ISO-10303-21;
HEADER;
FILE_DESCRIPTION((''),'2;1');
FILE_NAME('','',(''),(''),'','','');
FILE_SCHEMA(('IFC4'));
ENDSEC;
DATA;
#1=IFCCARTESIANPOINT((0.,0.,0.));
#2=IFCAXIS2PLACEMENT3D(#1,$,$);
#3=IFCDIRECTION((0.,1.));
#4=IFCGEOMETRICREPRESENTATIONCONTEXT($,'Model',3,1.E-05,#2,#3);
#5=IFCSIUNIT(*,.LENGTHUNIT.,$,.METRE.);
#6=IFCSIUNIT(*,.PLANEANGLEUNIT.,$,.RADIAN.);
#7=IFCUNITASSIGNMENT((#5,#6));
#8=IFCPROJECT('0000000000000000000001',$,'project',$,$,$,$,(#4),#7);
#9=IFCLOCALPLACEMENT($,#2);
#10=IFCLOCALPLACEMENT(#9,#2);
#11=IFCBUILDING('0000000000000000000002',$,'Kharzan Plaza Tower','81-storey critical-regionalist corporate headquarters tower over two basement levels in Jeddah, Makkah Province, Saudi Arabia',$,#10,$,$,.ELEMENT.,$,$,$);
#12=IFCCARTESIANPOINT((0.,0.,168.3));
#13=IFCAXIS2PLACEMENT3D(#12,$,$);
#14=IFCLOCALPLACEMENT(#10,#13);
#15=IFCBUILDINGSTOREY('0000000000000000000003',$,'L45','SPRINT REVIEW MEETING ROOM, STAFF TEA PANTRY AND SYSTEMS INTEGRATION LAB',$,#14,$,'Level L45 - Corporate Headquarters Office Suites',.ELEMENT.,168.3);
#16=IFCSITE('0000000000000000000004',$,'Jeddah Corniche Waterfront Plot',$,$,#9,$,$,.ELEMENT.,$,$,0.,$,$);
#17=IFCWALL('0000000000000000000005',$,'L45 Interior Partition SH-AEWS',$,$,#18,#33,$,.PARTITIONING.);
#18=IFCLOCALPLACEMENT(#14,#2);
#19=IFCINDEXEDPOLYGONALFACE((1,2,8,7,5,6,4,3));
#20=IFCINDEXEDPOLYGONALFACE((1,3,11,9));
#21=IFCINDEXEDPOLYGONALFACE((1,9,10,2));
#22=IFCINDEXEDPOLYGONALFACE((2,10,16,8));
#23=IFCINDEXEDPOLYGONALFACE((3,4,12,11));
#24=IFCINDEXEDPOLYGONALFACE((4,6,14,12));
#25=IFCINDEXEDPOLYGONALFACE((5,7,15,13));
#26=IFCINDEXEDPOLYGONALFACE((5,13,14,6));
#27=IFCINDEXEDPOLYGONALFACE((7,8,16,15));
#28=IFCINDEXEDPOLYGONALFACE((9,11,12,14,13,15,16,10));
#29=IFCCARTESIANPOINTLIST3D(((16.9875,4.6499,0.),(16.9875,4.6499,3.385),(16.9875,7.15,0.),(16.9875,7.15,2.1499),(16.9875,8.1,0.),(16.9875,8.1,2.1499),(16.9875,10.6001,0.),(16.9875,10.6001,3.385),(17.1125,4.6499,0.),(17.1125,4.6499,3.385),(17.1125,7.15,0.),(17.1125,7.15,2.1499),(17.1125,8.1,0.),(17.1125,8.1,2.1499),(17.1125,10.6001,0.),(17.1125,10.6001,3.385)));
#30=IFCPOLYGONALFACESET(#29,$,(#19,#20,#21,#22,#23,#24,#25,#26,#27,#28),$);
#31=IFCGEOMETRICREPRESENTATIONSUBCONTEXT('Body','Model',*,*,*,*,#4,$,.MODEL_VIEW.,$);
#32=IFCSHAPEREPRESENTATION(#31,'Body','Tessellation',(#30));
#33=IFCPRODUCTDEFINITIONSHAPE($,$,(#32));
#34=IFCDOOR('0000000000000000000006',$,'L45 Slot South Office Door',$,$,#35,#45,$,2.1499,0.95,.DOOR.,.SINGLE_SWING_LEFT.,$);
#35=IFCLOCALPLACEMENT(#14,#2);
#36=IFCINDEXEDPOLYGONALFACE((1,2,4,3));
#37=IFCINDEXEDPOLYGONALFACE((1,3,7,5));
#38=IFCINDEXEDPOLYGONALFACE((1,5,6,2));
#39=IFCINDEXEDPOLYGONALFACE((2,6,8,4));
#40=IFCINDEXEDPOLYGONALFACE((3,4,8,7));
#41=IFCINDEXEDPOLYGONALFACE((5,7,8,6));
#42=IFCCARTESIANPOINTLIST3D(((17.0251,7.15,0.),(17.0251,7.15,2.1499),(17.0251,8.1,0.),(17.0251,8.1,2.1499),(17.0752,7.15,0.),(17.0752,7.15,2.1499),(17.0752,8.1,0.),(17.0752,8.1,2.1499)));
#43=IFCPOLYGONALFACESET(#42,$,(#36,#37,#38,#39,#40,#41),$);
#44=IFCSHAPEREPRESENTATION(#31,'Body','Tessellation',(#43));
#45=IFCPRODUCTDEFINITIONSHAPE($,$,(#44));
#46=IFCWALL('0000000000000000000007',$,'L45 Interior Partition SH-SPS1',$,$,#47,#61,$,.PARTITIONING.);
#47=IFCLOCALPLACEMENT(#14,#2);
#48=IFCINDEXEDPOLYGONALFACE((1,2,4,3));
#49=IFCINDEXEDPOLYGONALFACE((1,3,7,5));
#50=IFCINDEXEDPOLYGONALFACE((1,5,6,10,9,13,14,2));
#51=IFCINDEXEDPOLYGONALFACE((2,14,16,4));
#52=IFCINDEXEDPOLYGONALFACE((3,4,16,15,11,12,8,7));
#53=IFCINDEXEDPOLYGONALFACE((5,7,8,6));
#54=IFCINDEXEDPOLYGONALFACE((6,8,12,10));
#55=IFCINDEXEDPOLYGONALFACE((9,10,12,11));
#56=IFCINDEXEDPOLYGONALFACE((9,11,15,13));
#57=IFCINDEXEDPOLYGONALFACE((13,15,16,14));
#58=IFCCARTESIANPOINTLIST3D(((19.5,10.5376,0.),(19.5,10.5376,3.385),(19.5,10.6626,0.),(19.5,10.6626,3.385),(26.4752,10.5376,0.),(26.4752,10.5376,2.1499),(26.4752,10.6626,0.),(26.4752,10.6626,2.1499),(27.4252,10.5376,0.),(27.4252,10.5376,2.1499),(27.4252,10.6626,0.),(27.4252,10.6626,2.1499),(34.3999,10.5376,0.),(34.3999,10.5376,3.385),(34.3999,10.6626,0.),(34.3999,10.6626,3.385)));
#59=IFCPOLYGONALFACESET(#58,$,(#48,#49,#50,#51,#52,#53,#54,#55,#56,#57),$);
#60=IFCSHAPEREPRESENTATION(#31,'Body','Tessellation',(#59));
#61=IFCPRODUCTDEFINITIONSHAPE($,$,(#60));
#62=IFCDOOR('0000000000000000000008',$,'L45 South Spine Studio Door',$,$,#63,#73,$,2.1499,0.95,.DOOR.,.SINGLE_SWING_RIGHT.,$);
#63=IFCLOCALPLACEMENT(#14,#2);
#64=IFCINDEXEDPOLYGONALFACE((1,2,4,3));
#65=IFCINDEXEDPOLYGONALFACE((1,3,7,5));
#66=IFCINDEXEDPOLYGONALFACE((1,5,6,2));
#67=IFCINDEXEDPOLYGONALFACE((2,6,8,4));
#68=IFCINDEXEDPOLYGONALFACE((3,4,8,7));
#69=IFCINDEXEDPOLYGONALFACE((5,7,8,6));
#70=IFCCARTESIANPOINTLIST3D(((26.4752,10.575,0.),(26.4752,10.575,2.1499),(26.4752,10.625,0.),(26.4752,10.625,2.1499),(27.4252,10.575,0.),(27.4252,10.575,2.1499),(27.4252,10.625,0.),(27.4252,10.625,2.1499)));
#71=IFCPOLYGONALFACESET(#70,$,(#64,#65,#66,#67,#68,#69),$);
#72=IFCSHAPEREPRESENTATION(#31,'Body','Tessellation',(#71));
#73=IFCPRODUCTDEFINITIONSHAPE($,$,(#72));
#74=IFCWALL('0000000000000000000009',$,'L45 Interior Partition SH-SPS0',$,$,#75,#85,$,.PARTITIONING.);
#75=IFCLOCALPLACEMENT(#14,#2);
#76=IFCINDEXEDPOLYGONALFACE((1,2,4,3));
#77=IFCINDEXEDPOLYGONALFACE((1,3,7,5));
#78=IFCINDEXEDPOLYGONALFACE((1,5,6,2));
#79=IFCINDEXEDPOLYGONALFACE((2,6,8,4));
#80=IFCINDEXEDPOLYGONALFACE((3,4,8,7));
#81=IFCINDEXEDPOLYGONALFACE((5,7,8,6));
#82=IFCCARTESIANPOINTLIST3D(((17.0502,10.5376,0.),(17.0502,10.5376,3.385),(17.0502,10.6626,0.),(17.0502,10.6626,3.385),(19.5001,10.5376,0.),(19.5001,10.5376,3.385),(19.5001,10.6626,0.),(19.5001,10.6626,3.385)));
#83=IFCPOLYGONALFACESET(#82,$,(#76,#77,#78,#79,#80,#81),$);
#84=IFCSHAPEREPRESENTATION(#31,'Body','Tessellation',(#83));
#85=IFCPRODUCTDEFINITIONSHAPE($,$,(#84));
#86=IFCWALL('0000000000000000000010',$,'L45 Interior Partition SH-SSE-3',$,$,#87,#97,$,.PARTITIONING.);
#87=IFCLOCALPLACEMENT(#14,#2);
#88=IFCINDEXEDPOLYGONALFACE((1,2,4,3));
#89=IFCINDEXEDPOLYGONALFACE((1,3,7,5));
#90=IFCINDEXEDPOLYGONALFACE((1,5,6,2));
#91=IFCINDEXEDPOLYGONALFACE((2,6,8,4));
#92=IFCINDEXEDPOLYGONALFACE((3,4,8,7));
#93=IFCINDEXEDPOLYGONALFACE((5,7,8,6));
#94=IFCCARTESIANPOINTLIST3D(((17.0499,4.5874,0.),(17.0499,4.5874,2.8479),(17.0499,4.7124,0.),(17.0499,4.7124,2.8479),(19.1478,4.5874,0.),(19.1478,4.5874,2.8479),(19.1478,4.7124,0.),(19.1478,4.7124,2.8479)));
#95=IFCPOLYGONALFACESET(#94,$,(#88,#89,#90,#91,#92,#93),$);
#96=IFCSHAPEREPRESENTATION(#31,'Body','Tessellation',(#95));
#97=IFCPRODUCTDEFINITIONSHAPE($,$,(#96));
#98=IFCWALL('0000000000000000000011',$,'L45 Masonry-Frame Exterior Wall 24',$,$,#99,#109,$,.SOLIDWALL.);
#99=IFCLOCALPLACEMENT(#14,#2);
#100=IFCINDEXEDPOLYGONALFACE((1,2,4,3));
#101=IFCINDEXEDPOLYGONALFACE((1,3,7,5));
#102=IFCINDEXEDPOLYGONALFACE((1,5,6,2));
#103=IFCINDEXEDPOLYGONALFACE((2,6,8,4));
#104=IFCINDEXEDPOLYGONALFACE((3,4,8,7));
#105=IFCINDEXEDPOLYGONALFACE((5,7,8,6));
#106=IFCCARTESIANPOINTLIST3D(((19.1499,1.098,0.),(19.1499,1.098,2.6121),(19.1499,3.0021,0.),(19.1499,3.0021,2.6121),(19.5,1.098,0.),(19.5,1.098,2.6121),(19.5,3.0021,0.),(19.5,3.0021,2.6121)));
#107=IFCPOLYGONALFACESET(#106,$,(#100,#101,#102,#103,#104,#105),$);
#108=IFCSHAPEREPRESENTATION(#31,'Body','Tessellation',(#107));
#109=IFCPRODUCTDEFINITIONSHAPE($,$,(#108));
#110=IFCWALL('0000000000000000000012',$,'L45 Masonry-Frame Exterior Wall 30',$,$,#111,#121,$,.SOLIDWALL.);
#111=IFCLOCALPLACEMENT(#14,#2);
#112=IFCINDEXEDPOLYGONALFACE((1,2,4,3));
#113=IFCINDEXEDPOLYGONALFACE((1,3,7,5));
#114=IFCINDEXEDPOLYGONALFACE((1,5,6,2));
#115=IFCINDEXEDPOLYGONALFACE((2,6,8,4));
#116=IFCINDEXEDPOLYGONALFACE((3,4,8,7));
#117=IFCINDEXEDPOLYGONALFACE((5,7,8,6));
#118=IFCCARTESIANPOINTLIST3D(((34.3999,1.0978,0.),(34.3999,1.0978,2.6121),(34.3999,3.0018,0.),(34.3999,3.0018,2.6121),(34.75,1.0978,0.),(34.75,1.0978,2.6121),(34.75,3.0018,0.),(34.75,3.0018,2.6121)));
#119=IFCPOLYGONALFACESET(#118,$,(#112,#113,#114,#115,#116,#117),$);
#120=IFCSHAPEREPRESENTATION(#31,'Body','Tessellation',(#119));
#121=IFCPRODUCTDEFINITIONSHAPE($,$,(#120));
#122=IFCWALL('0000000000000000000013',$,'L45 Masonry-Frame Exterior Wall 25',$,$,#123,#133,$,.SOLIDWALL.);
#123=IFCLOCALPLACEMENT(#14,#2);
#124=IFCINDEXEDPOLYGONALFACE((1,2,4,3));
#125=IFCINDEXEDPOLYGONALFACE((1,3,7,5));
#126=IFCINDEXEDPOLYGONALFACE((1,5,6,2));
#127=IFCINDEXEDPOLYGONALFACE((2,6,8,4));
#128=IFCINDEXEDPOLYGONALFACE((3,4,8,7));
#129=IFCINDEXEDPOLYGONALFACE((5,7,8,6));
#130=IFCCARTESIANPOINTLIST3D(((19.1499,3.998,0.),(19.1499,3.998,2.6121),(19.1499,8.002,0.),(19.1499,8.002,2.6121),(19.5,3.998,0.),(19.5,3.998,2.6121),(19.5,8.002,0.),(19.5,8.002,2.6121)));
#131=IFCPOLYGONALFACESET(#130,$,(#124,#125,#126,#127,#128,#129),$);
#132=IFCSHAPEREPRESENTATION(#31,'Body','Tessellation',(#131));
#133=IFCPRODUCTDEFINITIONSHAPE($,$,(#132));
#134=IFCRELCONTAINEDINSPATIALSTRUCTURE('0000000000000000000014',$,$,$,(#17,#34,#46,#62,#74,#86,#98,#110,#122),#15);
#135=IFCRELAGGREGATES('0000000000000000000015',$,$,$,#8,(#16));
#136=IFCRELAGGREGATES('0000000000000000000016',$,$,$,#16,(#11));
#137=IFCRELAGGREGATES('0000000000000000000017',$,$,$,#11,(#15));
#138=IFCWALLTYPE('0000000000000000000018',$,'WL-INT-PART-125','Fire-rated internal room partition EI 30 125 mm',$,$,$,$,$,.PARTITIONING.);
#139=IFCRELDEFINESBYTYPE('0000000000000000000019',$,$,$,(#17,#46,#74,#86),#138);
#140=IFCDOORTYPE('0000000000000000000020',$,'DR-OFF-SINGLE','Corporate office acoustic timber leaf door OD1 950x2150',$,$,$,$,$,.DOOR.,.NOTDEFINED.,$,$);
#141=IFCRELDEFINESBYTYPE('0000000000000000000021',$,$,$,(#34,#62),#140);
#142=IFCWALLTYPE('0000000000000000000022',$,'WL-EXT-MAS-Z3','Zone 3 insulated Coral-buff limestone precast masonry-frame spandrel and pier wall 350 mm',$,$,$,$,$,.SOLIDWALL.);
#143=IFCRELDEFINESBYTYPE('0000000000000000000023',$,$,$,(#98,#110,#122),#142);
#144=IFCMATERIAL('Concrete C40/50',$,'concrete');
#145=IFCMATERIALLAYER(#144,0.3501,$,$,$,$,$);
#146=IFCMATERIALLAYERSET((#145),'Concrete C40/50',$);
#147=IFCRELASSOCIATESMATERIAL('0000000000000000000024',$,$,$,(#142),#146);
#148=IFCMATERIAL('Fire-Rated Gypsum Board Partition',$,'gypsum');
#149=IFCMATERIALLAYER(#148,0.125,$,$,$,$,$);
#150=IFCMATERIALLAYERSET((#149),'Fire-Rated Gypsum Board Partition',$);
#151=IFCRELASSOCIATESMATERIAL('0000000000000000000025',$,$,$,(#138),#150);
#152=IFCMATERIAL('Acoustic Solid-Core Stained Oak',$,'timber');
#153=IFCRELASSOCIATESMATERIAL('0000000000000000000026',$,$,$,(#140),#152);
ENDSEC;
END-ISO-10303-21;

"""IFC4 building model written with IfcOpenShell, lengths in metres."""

from ifc_helpers import new_model, si_unit, direction, frame, frame_2d, origin, place, context, subcontext, project, spatial, rectangle, extrude, source, transform, mapped, material, layer, layer_set, type_object, element, fill, save


model = new_model("IFC4")

# Units and contexts
model_context = context("Model", 3, precision=1e-05, world=origin(), true_north=direction((0.0, 1.0)))
body_context = subcontext(model_context, "Body", "Model", "MODEL_VIEW")
ifc_project = project(units=[si_unit("LENGTHUNIT", "METRE"), si_unit("PLANEANGLEUNIT", "RADIAN")], contexts=[model_context])

# Site, building, storey
site_placement = place(None, origin())
site = spatial("IfcSite", under=ifc_project, at=site_placement, Name="Jeddah Corniche Waterfront Plot", CompositionType="ELEMENT", RefElevation=0.0)
building_placement = place(site_placement, origin())
building = spatial("IfcBuilding", under=site, at=building_placement, Name="Kharzan Plaza Tower", Description="81-storey critical-regionalist corporate headquarters tower over two basement levels in Jeddah, Makkah Province, Saudi Arabia", CompositionType="ELEMENT")
storey_placement = place(building_placement, frame((0.0, 0.0, 168.3)))
storey = spatial("IfcBuildingStorey", under=building, at=storey_placement, Name="L45", Description="SPRINT REVIEW MEETING ROOM, STAFF TEA PANTRY AND SYSTEMS INTEGRATION LAB", LongName="Level L45 - Corporate Headquarters Office Suites", CompositionType="ELEMENT", Elevation=168.3)

# Shared definitions
ifc_material_1 = material(Name="Concrete C40/50", Category="concrete")
ifc_layer_1 = layer(ifc_material_1, 0.3501)
ifc_layer_set_1 = layer_set([ifc_layer_1], Name="Concrete C40/50")
wall_type_1 = type_object("IfcWallType", Name="WL-EXT-MAS-Z3", Description="Zone 3 insulated Coral-buff limestone precast masonry-frame spandrel and pier wall 350 mm", PredefinedType="SOLIDWALL", material=ifc_layer_set_1)

# Walls, openings, doors
ifc_material_2 = material(Name="Fire-Rated Gypsum Board Partition", Category="gypsum")
ifc_layer_2 = layer(ifc_material_2, 0.125)
ifc_layer_set_2 = layer_set([ifc_layer_2], Name="Fire-Rated Gypsum Board Partition")
wall_type_2 = type_object("IfcWallType", Name="WL-INT-PART-125", Description="Fire-rated internal room partition EI 30 125 mm", PredefinedType="PARTITIONING", material=ifc_layer_set_2)
wall_1_placement = place(storey_placement, frame((17.05, 4.6499, 0.0), z_axis=(0.0, 0.0, 1.0), x_axis=(0.0, 1.0, 0.0)))
wall_1 = element("IfcWall", 1, at=wall_1_placement, inside=storey, type_object=wall_type_2, Name="L45 Interior Partition SH-AEWS", PredefinedType="PARTITIONING", context=body_context, shape_type="SweptSolid", body=[
    extrude(rectangle(XDim=5.9502, YDim=0.125, at=frame_2d((2.9751, 0.0))), origin(), (0.0, 0.0, 1.0), 3.385),
])
opening_1_placement = place(wall_1_placement, frame((2.5, 0.0, 0.0)))
opening_1 = element("IfcOpeningElement", 2, at=opening_1_placement, cuts=wall_1, PredefinedType="OPENING", context=body_context, shape_type="SweptSolid", body=[
    extrude(rectangle(XDim=0.95, YDim=2.1499, at=frame_2d((0.4751, 1.075))), frame((0.0, 0.0725, 0.0), z_axis=(0.0, -1.0, 0.0), x_axis=(1.0, 0.0, 0.0)), (0.0, 0.0, 1.0), 0.145),
])
ifc_material_3 = material(Name="Acoustic Solid-Core Stained Oak", Category="timber")
door_type = type_object("IfcDoorType", Name="DR-OFF-SINGLE", Description="Corporate office acoustic timber leaf door OD1 950x2150", OperationType="NOTDEFINED", PredefinedType="DOOR", material=ifc_material_3)
shared_shape_1 = source(origin(), body_context, "Body", "SweptSolid", [
    extrude(rectangle(XDim=0.95, YDim=2.1499, at=frame_2d((0.4751, 1.075))), frame((0.0, 0.0249, 0.0), z_axis=(0.0, -1.0, 0.0), x_axis=(1.0, 0.0, 0.0)), (0.0, 0.0, 1.0), 0.05),
])
door_1_placement = place(opening_1_placement, origin())
door_1 = element("IfcDoor", 3, at=door_1_placement, inside=storey, type_object=door_type, Name="L45 Slot South Office Door", OperationType="SINGLE_SWING_LEFT", OverallHeight=2.1499, OverallWidth=0.95, PredefinedType="DOOR", context=body_context, shape_type="MappedRepresentation", body=[
    mapped(shared_shape_1, transform((0.0, 0.0, 0.0), x_axis=(1.0, 0.0, 0.0), y_axis=(0.0, 1.0, 0.0), z_axis=(0.0, 0.0, 1.0))),
])
fill(opening_1, door_1)
wall_2_placement = place(storey_placement, frame((19.5, 10.6001, 0.0), z_axis=(0.0, 0.0, 1.0), x_axis=(1.0, 0.0, 0.0)))
wall_2 = element("IfcWall", 4, at=wall_2_placement, inside=storey, type_object=wall_type_2, Name="L45 Interior Partition SH-SPS1", PredefinedType="PARTITIONING", context=body_context, shape_type="SweptSolid", body=[
    extrude(rectangle(XDim=14.8999, YDim=0.125, at=frame_2d((7.45, 0.0))), origin(), (0.0, 0.0, 1.0), 3.385),
])
opening_2_placement = place(wall_2_placement, frame((6.9751, 0.0, 0.0)))
opening_2 = element("IfcOpeningElement", 5, at=opening_2_placement, cuts=wall_2, PredefinedType="OPENING", context=body_context, shape_type="SweptSolid", body=[
    extrude(rectangle(XDim=0.95, YDim=2.1499, at=frame_2d((0.4751, 1.075))), frame((0.0, 0.0725, 0.0), z_axis=(0.0, -1.0, 0.0), x_axis=(1.0, 0.0, 0.0)), (0.0, 0.0, 1.0), 0.145),
])
door_2_placement = place(opening_2_placement, origin())
door_2 = element("IfcDoor", 6, at=door_2_placement, inside=storey, type_object=door_type, Name="L45 South Spine Studio Door", OperationType="SINGLE_SWING_RIGHT", OverallHeight=2.1499, OverallWidth=0.95, PredefinedType="DOOR", context=body_context, shape_type="MappedRepresentation", body=[
    mapped(shared_shape_1, transform((0.0, 0.0, 0.0), x_axis=(1.0, 0.0, 0.0), y_axis=(0.0, 1.0, 0.0), z_axis=(0.0, 0.0, 1.0))),
])
fill(opening_2, door_2)

# Walls
shared_shape_2 = source(origin(), body_context, "Body", "SweptSolid", [
    extrude(rectangle(XDim=2.45, YDim=0.125, at=frame_2d((1.2251, 0.0))), origin(), (0.0, 0.0, 1.0), 3.385),
])
wall_3_placement = place(storey_placement, frame((17.05, 10.6001, 0.0), z_axis=(0.0, 0.0, 1.0), x_axis=(1.0, 0.0, 0.0)))
element("IfcWall", 7, at=wall_3_placement, inside=storey, type_object=wall_type_2, Name="L45 Interior Partition SH-SPS0", PredefinedType="PARTITIONING", context=body_context, shape_type="MappedRepresentation", body=[
    mapped(shared_shape_2, transform((0.0, 0.0, 0.0), x_axis=(1.0, 0.0, 0.0), y_axis=(0.0, 1.0, 0.0), z_axis=(0.0, 0.0, 1.0))),
])
shared_shape_3 = source(origin(), body_context, "Body", "SweptSolid", [
    extrude(rectangle(XDim=2.0979, YDim=0.125, at=frame_2d((1.0488, 0.0))), origin(), (0.0, 0.0, 1.0), 2.8479),
])
wall_4_placement = place(storey_placement, frame((17.05, 4.6499, 0.0), z_axis=(0.0, 0.0, 1.0), x_axis=(1.0, 0.0, 0.0)))
element("IfcWall", 8, at=wall_4_placement, inside=storey, type_object=wall_type_2, Name="L45 Interior Partition SH-SSE-3", PredefinedType="PARTITIONING", context=body_context, shape_type="MappedRepresentation", body=[
    mapped(shared_shape_3, transform((0.0, 0.0, 0.0), x_axis=(1.0, 0.0, 0.0), y_axis=(0.0, 1.0, 0.0), z_axis=(0.0, 0.0, 1.0))),
])
shared_shape_4 = source(origin(), body_context, "Body", "SweptSolid", [
    extrude(rectangle(XDim=1.9041, YDim=0.3501, at=frame_2d((0.9521, 0.0))), origin(), (0.0, 0.0, 1.0), 2.6121),
])
for number, where, z_axis, x_axis, name in (
    (9, (19.325, 1.0979, 0.0), (0.0, 0.0, 1.0), (0.0, 1.0, 0.0), "L45 Masonry-Frame Exterior Wall 24"),
    (10, (34.575, 3.002, 0.0), (0.0, 0.0, 1.0), (0.0, -1.0, 0.0), "L45 Masonry-Frame Exterior Wall 30"),
):
    element("IfcWall", number, at=place(storey_placement, frame(where, z_axis=z_axis, x_axis=x_axis)), inside=storey, type_object=wall_type_1, Name=name, PredefinedType="SOLIDWALL", context=body_context, shape_type="MappedRepresentation", body=[
        mapped(shared_shape_4, transform((0.0, 0.0, 0.0), x_axis=(1.0, 0.0, 0.0), y_axis=(0.0, 1.0, 0.0), z_axis=(0.0, 0.0, 1.0))),
    ])
shared_shape_5 = source(origin(), body_context, "Body", "SweptSolid", [
    extrude(rectangle(XDim=4.0039, YDim=0.3501, at=frame_2d((2.002, 0.0))), origin(), (0.0, 0.0, 1.0), 2.6121),
])
wall_5_placement = place(storey_placement, frame((19.325, 3.998, 0.0), z_axis=(0.0, 0.0, 1.0), x_axis=(0.0, 1.0, 0.0)))
element("IfcWall", 11, at=wall_5_placement, inside=storey, type_object=wall_type_1, Name="L45 Masonry-Frame Exterior Wall 25", PredefinedType="SOLIDWALL", context=body_context, shape_type="MappedRepresentation", body=[
    mapped(shared_shape_5, transform((0.0, 0.0, 0.0), x_axis=(1.0, 0.0, 0.0), y_axis=(0.0, 1.0, 0.0), z_axis=(0.0, 0.0, 1.0))),
])

save(model, "model.ifc")
